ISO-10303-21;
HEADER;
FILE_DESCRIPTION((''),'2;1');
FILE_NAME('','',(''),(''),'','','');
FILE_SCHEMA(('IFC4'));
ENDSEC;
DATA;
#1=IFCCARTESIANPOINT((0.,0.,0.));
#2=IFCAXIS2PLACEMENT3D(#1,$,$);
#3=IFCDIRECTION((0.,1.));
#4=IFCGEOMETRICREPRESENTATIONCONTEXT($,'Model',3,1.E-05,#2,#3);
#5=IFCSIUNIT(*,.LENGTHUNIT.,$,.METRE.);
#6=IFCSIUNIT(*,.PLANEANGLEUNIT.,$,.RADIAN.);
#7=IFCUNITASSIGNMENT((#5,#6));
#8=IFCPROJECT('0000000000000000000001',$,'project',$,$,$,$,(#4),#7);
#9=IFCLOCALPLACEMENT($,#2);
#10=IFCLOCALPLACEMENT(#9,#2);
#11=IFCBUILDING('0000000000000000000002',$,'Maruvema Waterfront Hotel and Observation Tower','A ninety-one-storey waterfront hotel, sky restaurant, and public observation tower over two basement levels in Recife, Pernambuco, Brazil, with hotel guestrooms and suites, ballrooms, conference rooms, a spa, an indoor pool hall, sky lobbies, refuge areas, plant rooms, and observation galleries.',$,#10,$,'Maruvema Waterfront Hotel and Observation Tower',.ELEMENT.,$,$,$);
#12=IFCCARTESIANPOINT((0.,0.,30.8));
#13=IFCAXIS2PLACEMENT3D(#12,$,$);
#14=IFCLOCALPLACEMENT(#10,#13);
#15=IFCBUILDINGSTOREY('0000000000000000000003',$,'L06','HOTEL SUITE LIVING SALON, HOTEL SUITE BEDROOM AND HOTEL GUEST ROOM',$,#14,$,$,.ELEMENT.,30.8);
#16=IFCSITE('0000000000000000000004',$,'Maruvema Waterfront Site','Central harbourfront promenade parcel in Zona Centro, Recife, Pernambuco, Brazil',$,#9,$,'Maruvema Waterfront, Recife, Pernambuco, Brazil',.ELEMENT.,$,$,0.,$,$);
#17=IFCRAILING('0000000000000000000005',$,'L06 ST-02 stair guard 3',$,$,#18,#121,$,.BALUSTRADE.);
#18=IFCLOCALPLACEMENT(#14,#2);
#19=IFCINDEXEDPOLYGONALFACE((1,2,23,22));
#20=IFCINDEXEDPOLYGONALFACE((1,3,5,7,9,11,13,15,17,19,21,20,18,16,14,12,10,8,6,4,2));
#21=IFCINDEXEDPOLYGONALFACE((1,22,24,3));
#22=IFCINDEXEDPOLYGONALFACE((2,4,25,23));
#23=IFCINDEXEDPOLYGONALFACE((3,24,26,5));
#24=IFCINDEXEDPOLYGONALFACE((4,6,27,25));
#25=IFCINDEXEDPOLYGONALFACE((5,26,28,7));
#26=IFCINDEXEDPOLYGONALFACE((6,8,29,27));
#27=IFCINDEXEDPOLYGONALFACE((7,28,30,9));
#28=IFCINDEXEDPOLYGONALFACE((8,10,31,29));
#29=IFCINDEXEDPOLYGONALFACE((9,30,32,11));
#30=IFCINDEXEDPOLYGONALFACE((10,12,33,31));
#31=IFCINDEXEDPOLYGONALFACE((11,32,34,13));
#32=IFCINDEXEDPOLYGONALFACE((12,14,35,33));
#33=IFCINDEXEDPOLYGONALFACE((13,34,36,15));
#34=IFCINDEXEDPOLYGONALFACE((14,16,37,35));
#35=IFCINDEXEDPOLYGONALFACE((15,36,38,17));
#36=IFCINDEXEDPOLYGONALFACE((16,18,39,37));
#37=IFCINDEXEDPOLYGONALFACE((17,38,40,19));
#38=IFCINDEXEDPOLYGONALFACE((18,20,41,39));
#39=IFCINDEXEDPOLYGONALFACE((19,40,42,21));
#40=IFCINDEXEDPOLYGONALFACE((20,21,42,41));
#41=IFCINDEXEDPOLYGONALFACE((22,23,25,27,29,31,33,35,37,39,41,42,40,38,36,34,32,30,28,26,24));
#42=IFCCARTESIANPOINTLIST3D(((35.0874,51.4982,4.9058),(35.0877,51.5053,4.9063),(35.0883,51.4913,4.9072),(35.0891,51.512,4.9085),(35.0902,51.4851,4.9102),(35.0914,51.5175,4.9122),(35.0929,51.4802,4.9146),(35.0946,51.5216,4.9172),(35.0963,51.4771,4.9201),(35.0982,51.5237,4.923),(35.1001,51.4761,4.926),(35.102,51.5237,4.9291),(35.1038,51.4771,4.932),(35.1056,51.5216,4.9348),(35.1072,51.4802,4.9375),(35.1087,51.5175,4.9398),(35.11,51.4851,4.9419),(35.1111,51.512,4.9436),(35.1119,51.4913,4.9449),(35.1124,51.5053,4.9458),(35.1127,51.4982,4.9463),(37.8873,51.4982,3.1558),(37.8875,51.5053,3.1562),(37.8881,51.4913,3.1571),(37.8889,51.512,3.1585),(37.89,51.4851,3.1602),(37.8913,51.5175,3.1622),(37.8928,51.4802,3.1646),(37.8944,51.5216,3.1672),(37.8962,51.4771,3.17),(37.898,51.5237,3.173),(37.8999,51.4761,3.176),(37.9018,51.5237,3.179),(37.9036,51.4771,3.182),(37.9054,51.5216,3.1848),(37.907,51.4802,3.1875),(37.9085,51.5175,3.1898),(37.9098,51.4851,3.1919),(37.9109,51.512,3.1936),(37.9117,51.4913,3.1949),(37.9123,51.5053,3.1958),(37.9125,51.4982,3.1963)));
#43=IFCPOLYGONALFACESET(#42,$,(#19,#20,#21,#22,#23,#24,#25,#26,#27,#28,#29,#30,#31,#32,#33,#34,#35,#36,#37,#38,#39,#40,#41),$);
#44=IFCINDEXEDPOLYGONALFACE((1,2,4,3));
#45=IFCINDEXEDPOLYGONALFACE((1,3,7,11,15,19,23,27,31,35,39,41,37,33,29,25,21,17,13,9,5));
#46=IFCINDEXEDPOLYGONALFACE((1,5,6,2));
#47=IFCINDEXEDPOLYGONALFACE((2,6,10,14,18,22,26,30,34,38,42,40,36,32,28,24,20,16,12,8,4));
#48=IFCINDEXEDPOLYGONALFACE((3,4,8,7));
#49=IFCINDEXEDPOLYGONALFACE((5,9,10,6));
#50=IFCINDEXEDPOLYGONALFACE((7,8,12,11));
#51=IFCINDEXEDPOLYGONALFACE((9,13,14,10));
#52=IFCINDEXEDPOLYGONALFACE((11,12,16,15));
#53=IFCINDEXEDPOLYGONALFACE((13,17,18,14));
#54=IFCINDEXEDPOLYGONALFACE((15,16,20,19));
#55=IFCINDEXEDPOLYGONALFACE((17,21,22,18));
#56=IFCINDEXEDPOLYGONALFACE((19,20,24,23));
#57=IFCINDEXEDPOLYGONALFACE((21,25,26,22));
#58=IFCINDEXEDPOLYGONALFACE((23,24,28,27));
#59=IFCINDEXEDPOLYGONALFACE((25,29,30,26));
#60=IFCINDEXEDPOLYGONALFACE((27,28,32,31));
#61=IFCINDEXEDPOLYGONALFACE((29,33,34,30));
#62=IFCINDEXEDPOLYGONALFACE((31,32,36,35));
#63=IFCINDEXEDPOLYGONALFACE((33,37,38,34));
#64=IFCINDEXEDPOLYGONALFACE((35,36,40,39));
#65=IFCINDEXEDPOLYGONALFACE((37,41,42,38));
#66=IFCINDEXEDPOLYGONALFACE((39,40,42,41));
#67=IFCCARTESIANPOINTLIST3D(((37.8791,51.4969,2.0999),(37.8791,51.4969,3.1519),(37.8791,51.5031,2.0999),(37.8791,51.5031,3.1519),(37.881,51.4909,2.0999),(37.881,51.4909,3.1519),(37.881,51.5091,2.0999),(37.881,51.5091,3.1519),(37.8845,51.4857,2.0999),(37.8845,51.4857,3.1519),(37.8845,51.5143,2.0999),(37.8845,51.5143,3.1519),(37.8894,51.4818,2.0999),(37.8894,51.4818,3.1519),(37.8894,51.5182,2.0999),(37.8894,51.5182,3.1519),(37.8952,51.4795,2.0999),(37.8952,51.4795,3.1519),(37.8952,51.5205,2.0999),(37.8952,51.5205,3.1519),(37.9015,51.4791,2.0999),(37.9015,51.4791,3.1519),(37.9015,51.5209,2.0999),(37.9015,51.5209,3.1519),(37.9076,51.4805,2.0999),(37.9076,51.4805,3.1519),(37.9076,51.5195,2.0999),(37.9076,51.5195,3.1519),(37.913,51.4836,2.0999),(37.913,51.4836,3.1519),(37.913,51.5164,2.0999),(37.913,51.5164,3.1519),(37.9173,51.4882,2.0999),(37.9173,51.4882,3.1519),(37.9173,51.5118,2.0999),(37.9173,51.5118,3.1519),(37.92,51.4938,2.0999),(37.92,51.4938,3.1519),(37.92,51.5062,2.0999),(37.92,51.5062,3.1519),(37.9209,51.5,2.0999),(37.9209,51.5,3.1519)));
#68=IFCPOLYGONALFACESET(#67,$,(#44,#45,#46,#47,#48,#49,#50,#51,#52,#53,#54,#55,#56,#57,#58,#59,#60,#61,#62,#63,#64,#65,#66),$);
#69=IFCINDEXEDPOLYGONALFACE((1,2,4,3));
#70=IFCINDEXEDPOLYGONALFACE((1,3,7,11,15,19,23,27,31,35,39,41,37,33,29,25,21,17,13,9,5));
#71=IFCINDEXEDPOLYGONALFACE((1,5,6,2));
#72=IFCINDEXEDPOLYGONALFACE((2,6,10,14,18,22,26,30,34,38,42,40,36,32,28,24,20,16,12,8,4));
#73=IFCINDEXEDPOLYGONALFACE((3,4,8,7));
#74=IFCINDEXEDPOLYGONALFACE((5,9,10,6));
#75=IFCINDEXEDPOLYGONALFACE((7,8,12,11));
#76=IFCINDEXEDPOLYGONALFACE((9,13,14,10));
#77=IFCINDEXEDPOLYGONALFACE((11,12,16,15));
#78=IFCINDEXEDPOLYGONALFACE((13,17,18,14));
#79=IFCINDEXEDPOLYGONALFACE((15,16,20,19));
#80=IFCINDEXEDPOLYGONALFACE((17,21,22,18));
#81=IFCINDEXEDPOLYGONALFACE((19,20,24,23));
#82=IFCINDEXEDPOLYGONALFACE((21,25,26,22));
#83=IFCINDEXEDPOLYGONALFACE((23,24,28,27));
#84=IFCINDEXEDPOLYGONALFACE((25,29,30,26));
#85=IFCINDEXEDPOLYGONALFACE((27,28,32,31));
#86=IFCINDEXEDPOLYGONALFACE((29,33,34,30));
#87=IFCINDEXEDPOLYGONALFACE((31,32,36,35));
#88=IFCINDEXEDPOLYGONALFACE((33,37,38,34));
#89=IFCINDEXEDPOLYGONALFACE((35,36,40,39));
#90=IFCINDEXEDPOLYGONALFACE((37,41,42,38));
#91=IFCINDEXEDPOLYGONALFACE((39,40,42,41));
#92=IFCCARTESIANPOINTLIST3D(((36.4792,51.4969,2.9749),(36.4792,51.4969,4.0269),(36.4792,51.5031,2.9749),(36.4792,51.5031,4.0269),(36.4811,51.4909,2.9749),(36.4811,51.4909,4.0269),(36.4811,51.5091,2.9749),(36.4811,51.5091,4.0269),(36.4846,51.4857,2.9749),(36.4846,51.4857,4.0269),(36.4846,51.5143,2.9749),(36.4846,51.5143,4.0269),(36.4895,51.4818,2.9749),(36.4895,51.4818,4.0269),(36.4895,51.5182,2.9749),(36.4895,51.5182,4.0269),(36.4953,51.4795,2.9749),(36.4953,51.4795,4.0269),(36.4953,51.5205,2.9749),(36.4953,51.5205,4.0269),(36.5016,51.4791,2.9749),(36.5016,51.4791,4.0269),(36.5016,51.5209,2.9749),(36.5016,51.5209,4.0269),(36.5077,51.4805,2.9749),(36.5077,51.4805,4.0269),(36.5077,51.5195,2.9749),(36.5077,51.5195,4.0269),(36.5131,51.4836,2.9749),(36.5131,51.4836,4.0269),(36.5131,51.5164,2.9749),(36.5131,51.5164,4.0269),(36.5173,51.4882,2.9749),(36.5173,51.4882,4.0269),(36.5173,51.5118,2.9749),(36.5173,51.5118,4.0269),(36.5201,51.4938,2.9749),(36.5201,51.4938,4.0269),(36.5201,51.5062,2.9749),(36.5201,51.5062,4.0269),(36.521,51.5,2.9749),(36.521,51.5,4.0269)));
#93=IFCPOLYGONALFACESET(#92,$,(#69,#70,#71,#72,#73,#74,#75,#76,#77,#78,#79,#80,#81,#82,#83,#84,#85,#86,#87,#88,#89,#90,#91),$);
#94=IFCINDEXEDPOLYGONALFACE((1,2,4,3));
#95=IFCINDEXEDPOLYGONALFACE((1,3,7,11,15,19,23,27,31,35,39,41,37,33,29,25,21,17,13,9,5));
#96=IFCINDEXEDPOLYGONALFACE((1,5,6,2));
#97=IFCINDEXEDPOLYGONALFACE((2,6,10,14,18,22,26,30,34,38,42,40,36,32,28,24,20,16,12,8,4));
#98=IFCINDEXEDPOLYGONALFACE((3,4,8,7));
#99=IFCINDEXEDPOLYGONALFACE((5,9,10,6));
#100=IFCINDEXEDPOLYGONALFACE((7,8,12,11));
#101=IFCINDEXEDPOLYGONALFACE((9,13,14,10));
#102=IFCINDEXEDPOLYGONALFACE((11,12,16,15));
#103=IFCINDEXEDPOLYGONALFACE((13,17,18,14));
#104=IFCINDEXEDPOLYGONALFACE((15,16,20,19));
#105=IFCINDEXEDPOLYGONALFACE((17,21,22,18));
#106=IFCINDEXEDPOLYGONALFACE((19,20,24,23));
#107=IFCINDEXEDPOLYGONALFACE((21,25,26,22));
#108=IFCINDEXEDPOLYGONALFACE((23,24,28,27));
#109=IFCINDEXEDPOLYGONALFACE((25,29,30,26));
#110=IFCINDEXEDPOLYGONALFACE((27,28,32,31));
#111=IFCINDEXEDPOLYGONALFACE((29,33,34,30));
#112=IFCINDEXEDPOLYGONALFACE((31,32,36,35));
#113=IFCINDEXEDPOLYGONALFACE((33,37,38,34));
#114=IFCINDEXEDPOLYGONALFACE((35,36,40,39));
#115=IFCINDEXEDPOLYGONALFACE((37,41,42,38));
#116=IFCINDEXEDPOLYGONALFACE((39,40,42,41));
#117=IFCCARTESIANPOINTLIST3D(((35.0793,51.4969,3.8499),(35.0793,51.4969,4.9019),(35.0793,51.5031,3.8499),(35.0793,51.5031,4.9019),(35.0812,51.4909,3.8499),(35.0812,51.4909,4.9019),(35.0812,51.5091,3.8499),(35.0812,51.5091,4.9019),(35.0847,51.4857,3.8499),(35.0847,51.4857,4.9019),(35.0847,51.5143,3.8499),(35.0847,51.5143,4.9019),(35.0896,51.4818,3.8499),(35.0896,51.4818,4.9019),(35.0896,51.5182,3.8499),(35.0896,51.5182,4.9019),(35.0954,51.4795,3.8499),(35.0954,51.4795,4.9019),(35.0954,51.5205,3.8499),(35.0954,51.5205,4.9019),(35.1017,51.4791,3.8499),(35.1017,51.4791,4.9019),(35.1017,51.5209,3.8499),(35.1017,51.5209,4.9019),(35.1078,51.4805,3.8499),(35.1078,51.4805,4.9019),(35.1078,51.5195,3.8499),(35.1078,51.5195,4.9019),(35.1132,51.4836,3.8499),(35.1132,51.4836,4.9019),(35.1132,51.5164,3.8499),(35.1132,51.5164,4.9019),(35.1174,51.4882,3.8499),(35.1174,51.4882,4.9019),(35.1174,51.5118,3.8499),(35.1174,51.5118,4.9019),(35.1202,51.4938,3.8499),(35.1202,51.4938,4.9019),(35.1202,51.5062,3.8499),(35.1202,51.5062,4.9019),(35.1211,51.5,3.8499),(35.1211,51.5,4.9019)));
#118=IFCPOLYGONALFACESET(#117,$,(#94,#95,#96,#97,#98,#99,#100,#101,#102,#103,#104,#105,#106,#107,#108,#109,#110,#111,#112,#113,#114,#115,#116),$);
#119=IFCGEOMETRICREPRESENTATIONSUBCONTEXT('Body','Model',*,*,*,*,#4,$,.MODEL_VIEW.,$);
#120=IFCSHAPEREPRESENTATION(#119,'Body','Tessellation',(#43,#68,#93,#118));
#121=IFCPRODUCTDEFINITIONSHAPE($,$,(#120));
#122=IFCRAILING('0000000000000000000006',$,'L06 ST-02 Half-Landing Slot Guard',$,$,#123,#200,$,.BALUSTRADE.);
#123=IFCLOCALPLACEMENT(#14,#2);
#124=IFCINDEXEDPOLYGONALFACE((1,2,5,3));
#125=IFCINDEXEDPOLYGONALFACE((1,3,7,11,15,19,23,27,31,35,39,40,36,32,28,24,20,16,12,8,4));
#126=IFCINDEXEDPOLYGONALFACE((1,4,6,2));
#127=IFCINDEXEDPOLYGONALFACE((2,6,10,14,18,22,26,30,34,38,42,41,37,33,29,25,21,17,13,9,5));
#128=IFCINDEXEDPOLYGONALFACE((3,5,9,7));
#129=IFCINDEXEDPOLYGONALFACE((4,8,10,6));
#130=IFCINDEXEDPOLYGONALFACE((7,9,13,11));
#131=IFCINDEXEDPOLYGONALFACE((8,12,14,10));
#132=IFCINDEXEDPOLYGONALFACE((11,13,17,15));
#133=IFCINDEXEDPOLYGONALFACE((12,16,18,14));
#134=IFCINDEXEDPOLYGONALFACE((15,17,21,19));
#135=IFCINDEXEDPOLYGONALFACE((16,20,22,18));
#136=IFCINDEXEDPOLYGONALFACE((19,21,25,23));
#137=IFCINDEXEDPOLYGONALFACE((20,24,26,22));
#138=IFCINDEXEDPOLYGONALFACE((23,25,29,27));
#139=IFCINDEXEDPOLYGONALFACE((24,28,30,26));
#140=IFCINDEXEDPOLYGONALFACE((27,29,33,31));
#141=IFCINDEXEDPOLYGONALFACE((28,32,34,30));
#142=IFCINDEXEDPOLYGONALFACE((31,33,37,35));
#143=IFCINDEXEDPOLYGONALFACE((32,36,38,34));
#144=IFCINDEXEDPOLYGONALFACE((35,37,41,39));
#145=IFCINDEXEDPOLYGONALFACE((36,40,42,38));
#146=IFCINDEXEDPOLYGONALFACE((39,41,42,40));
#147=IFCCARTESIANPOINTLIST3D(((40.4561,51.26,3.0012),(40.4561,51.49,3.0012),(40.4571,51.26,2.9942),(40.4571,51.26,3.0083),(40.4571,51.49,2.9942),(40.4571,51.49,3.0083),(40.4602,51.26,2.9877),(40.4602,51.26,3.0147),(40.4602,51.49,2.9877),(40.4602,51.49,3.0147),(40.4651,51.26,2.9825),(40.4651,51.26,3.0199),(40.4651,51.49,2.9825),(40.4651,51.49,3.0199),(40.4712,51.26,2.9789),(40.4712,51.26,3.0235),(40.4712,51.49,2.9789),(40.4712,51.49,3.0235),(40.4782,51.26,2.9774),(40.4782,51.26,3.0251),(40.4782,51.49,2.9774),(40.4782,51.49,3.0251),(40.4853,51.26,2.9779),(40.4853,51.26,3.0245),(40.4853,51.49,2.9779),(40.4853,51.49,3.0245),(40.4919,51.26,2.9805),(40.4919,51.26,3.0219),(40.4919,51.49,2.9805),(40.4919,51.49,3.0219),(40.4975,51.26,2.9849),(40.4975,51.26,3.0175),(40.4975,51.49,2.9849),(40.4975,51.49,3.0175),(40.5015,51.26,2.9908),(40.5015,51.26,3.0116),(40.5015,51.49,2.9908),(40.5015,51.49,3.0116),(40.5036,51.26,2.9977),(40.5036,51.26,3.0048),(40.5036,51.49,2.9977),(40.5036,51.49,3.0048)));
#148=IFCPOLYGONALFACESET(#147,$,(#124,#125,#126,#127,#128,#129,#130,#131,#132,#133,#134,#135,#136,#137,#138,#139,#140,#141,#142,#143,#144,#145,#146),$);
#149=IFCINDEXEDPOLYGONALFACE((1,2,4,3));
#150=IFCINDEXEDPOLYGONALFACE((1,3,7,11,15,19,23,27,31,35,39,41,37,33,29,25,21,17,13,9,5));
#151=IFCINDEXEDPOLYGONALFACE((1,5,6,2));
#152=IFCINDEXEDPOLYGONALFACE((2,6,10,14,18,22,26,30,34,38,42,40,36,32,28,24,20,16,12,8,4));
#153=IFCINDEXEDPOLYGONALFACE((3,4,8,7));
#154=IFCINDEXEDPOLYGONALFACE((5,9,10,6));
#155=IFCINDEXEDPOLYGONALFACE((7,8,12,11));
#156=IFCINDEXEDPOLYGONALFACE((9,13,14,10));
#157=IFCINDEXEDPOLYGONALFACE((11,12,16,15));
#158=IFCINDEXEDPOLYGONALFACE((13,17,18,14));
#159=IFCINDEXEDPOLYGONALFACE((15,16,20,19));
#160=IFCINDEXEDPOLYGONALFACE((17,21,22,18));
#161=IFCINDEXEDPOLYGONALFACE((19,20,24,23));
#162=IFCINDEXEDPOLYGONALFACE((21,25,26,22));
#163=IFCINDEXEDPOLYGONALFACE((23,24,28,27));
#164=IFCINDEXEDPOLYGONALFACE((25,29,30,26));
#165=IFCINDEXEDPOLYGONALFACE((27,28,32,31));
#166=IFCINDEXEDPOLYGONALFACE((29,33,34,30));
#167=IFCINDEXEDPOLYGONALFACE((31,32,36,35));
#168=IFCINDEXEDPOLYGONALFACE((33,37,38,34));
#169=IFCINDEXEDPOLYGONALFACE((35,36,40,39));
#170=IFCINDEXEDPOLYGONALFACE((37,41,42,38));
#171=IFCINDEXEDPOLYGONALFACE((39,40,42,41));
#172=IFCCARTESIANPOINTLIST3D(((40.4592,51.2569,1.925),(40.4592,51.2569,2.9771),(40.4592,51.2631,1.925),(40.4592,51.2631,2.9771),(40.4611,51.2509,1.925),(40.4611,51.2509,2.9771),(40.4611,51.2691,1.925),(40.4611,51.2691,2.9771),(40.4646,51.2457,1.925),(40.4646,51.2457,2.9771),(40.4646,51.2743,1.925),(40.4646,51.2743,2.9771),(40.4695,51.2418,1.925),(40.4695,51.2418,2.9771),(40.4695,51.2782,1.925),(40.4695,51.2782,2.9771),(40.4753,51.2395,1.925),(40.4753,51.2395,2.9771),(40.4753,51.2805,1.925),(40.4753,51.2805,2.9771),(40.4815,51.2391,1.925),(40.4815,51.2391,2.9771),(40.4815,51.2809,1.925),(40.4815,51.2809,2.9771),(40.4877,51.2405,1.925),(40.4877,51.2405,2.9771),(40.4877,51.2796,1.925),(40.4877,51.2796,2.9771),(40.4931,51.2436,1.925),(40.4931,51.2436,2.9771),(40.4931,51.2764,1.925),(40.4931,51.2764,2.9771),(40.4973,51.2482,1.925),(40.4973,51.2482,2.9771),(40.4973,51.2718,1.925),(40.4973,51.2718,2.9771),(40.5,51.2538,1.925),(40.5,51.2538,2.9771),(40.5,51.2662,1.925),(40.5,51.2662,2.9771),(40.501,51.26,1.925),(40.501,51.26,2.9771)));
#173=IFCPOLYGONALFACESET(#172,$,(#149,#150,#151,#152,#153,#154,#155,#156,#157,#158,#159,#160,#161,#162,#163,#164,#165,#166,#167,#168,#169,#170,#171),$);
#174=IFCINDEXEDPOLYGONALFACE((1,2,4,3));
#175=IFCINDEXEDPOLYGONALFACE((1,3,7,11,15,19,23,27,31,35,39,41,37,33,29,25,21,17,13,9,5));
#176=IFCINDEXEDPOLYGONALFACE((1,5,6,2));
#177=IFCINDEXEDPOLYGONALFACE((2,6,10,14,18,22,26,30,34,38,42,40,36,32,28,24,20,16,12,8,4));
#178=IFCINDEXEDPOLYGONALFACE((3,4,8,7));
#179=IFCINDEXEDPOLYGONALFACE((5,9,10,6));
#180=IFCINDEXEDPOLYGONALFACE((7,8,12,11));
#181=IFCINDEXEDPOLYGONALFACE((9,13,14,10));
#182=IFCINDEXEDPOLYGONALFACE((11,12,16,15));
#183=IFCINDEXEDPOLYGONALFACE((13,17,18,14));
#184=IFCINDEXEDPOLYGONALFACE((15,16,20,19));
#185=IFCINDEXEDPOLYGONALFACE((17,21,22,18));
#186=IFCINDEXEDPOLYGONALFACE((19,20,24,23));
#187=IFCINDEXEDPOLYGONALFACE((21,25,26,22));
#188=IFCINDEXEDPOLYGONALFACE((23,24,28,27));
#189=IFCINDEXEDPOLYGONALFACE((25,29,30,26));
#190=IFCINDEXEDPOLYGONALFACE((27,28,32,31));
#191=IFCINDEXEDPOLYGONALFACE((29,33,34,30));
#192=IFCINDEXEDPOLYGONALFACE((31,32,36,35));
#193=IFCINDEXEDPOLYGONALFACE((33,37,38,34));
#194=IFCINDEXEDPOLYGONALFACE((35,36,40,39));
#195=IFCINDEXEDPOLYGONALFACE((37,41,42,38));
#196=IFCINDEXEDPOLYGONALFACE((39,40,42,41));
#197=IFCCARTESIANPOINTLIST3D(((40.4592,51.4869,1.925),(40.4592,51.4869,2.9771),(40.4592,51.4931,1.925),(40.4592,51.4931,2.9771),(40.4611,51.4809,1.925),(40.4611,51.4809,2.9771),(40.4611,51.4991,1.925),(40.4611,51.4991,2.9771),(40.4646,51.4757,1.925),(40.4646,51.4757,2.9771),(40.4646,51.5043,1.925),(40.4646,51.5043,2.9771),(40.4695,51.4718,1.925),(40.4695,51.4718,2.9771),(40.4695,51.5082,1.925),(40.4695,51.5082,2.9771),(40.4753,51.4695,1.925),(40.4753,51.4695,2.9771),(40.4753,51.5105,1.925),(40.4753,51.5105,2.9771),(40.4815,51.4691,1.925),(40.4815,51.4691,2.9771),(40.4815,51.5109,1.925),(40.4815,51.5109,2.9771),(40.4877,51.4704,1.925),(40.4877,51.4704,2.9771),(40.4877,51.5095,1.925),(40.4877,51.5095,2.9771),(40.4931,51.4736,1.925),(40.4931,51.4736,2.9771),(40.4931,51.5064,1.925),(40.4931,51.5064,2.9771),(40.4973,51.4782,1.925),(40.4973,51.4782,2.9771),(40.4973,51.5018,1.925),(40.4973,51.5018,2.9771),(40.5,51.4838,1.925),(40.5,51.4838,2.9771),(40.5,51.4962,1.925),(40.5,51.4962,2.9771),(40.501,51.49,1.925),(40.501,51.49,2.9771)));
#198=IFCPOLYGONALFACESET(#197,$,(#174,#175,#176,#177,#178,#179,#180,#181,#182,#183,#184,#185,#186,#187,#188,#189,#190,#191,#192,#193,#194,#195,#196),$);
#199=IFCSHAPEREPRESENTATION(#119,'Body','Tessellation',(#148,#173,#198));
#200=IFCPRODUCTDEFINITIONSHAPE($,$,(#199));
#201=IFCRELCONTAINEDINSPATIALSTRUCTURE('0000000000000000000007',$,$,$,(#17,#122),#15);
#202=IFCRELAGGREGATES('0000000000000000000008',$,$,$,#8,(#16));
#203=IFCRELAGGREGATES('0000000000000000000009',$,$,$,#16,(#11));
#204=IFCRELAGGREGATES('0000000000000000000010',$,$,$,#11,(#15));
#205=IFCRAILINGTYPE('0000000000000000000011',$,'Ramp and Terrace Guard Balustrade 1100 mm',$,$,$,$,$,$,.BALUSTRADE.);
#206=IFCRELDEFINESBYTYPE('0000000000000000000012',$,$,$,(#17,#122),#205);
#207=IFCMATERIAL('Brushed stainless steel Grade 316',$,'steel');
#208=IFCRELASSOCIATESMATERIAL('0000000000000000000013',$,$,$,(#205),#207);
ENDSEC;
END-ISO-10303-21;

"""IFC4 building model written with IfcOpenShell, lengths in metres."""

from ifc_helpers import new_model, si_unit, direction, frame, origin, origin_2d, place, context, subcontext, project, spatial, circle, extrude, material, type_object, element, save


model = new_model("IFC4")

# Units and contexts
model_context = context("Model", 3, precision=1e-05, world=origin(), true_north=direction((0.0, 1.0)))
body_context = subcontext(model_context, "Body", "Model", "MODEL_VIEW")
ifc_project = project(units=[si_unit("LENGTHUNIT", "METRE"), si_unit("PLANEANGLEUNIT", "RADIAN")], contexts=[model_context])

# Site, building, storey
site_placement = place(None, origin())
site = spatial("IfcSite", under=ifc_project, at=site_placement, Name="Maruvema Waterfront Site", Description="Central harbourfront promenade parcel in Zona Centro, Recife, Pernambuco, Brazil", LongName="Maruvema Waterfront, Recife, Pernambuco, Brazil", CompositionType="ELEMENT", RefElevation=0.0)
building_placement = place(site_placement, origin())
building = spatial("IfcBuilding", under=site, at=building_placement, Name="Maruvema Waterfront Hotel and Observation Tower", Description="A ninety-one-storey waterfront hotel, sky restaurant, and public observation tower over two basement levels in Recife, Pernambuco, Brazil, with hotel guestrooms and suites, ballrooms, conference rooms, a spa, an indoor pool hall, sky lobbies, refuge areas, plant rooms, and observation galleries.", LongName="Maruvema Waterfront Hotel and Observation Tower", CompositionType="ELEMENT")
storey_placement = place(building_placement, frame((0.0, 0.0, 30.8)))
storey = spatial("IfcBuildingStorey", under=building, at=storey_placement, Name="L06", Description="HOTEL SUITE LIVING SALON, HOTEL SUITE BEDROOM AND HOTEL GUEST ROOM", CompositionType="ELEMENT", Elevation=30.8)

# Railings
ifc_material_1 = material(Name="Brushed stainless steel Grade 316", Category="steel")
railing_type_1 = type_object("IfcRailingType", Name="Ramp and Terrace Guard Balustrade 1100 mm", PredefinedType="BALUSTRADE", material=ifc_material_1)
railing_1_placement = place(storey_placement, frame((37.8999, 51.5, 2.0999)))
element("IfcRailing", 1, at=railing_1_placement, inside=storey, type_object=railing_type_1, Name="L06 ST-02 stair guard 3", PredefinedType="BALUSTRADE", context=body_context, shape_type="SweptSolid", body=[
    extrude(circle(Radius=0.0239, at=origin_2d()), frame((0.0, 0.0, 1.0762), z_axis=(-0.847982, 0.0, 0.530026), x_axis=(0.0, -1.0, 0.0)), (0.0, 0.0, 1.0), 3.3018),
    extrude(circle(Radius=0.021, at=origin_2d()), origin(), (0.0, 0.0, 1.0), 1.052),
    extrude(circle(Radius=0.021, at=origin_2d()), frame((-1.3999, 0.0, 0.875)), (0.0, 0.0, 1.0), 1.052),
    extrude(circle(Radius=0.021, at=origin_2d()), frame((-2.7998, 0.0, 1.75)), (0.0, 0.0, 1.0), 1.052),
])
railing_2_placement = place(storey_placement, frame((40.48, 51.26, 1.925)))
element("IfcRailing", 2, at=railing_2_placement, inside=storey, type_object=railing_type_1, Name="L06 ST-02 Half-Landing Slot Guard", PredefinedType="BALUSTRADE", context=body_context, shape_type="SweptSolid", body=[
    extrude(circle(Radius=0.0239, at=origin_2d()), frame((0.0, 0.0, 1.0762), z_axis=(0.0, 1.0, 0.0), x_axis=(-1.0, 0.0, 0.0)), (0.0, 0.0, 1.0), 0.23),
    extrude(circle(Radius=0.021, at=origin_2d()), origin(), (0.0, 0.0, 1.0), 1.052),
    extrude(circle(Radius=0.021, at=origin_2d()), frame((0.0, 0.23, 0.0)), (0.0, 0.0, 1.0), 1.052),
])

save(model, "model.ifc")
